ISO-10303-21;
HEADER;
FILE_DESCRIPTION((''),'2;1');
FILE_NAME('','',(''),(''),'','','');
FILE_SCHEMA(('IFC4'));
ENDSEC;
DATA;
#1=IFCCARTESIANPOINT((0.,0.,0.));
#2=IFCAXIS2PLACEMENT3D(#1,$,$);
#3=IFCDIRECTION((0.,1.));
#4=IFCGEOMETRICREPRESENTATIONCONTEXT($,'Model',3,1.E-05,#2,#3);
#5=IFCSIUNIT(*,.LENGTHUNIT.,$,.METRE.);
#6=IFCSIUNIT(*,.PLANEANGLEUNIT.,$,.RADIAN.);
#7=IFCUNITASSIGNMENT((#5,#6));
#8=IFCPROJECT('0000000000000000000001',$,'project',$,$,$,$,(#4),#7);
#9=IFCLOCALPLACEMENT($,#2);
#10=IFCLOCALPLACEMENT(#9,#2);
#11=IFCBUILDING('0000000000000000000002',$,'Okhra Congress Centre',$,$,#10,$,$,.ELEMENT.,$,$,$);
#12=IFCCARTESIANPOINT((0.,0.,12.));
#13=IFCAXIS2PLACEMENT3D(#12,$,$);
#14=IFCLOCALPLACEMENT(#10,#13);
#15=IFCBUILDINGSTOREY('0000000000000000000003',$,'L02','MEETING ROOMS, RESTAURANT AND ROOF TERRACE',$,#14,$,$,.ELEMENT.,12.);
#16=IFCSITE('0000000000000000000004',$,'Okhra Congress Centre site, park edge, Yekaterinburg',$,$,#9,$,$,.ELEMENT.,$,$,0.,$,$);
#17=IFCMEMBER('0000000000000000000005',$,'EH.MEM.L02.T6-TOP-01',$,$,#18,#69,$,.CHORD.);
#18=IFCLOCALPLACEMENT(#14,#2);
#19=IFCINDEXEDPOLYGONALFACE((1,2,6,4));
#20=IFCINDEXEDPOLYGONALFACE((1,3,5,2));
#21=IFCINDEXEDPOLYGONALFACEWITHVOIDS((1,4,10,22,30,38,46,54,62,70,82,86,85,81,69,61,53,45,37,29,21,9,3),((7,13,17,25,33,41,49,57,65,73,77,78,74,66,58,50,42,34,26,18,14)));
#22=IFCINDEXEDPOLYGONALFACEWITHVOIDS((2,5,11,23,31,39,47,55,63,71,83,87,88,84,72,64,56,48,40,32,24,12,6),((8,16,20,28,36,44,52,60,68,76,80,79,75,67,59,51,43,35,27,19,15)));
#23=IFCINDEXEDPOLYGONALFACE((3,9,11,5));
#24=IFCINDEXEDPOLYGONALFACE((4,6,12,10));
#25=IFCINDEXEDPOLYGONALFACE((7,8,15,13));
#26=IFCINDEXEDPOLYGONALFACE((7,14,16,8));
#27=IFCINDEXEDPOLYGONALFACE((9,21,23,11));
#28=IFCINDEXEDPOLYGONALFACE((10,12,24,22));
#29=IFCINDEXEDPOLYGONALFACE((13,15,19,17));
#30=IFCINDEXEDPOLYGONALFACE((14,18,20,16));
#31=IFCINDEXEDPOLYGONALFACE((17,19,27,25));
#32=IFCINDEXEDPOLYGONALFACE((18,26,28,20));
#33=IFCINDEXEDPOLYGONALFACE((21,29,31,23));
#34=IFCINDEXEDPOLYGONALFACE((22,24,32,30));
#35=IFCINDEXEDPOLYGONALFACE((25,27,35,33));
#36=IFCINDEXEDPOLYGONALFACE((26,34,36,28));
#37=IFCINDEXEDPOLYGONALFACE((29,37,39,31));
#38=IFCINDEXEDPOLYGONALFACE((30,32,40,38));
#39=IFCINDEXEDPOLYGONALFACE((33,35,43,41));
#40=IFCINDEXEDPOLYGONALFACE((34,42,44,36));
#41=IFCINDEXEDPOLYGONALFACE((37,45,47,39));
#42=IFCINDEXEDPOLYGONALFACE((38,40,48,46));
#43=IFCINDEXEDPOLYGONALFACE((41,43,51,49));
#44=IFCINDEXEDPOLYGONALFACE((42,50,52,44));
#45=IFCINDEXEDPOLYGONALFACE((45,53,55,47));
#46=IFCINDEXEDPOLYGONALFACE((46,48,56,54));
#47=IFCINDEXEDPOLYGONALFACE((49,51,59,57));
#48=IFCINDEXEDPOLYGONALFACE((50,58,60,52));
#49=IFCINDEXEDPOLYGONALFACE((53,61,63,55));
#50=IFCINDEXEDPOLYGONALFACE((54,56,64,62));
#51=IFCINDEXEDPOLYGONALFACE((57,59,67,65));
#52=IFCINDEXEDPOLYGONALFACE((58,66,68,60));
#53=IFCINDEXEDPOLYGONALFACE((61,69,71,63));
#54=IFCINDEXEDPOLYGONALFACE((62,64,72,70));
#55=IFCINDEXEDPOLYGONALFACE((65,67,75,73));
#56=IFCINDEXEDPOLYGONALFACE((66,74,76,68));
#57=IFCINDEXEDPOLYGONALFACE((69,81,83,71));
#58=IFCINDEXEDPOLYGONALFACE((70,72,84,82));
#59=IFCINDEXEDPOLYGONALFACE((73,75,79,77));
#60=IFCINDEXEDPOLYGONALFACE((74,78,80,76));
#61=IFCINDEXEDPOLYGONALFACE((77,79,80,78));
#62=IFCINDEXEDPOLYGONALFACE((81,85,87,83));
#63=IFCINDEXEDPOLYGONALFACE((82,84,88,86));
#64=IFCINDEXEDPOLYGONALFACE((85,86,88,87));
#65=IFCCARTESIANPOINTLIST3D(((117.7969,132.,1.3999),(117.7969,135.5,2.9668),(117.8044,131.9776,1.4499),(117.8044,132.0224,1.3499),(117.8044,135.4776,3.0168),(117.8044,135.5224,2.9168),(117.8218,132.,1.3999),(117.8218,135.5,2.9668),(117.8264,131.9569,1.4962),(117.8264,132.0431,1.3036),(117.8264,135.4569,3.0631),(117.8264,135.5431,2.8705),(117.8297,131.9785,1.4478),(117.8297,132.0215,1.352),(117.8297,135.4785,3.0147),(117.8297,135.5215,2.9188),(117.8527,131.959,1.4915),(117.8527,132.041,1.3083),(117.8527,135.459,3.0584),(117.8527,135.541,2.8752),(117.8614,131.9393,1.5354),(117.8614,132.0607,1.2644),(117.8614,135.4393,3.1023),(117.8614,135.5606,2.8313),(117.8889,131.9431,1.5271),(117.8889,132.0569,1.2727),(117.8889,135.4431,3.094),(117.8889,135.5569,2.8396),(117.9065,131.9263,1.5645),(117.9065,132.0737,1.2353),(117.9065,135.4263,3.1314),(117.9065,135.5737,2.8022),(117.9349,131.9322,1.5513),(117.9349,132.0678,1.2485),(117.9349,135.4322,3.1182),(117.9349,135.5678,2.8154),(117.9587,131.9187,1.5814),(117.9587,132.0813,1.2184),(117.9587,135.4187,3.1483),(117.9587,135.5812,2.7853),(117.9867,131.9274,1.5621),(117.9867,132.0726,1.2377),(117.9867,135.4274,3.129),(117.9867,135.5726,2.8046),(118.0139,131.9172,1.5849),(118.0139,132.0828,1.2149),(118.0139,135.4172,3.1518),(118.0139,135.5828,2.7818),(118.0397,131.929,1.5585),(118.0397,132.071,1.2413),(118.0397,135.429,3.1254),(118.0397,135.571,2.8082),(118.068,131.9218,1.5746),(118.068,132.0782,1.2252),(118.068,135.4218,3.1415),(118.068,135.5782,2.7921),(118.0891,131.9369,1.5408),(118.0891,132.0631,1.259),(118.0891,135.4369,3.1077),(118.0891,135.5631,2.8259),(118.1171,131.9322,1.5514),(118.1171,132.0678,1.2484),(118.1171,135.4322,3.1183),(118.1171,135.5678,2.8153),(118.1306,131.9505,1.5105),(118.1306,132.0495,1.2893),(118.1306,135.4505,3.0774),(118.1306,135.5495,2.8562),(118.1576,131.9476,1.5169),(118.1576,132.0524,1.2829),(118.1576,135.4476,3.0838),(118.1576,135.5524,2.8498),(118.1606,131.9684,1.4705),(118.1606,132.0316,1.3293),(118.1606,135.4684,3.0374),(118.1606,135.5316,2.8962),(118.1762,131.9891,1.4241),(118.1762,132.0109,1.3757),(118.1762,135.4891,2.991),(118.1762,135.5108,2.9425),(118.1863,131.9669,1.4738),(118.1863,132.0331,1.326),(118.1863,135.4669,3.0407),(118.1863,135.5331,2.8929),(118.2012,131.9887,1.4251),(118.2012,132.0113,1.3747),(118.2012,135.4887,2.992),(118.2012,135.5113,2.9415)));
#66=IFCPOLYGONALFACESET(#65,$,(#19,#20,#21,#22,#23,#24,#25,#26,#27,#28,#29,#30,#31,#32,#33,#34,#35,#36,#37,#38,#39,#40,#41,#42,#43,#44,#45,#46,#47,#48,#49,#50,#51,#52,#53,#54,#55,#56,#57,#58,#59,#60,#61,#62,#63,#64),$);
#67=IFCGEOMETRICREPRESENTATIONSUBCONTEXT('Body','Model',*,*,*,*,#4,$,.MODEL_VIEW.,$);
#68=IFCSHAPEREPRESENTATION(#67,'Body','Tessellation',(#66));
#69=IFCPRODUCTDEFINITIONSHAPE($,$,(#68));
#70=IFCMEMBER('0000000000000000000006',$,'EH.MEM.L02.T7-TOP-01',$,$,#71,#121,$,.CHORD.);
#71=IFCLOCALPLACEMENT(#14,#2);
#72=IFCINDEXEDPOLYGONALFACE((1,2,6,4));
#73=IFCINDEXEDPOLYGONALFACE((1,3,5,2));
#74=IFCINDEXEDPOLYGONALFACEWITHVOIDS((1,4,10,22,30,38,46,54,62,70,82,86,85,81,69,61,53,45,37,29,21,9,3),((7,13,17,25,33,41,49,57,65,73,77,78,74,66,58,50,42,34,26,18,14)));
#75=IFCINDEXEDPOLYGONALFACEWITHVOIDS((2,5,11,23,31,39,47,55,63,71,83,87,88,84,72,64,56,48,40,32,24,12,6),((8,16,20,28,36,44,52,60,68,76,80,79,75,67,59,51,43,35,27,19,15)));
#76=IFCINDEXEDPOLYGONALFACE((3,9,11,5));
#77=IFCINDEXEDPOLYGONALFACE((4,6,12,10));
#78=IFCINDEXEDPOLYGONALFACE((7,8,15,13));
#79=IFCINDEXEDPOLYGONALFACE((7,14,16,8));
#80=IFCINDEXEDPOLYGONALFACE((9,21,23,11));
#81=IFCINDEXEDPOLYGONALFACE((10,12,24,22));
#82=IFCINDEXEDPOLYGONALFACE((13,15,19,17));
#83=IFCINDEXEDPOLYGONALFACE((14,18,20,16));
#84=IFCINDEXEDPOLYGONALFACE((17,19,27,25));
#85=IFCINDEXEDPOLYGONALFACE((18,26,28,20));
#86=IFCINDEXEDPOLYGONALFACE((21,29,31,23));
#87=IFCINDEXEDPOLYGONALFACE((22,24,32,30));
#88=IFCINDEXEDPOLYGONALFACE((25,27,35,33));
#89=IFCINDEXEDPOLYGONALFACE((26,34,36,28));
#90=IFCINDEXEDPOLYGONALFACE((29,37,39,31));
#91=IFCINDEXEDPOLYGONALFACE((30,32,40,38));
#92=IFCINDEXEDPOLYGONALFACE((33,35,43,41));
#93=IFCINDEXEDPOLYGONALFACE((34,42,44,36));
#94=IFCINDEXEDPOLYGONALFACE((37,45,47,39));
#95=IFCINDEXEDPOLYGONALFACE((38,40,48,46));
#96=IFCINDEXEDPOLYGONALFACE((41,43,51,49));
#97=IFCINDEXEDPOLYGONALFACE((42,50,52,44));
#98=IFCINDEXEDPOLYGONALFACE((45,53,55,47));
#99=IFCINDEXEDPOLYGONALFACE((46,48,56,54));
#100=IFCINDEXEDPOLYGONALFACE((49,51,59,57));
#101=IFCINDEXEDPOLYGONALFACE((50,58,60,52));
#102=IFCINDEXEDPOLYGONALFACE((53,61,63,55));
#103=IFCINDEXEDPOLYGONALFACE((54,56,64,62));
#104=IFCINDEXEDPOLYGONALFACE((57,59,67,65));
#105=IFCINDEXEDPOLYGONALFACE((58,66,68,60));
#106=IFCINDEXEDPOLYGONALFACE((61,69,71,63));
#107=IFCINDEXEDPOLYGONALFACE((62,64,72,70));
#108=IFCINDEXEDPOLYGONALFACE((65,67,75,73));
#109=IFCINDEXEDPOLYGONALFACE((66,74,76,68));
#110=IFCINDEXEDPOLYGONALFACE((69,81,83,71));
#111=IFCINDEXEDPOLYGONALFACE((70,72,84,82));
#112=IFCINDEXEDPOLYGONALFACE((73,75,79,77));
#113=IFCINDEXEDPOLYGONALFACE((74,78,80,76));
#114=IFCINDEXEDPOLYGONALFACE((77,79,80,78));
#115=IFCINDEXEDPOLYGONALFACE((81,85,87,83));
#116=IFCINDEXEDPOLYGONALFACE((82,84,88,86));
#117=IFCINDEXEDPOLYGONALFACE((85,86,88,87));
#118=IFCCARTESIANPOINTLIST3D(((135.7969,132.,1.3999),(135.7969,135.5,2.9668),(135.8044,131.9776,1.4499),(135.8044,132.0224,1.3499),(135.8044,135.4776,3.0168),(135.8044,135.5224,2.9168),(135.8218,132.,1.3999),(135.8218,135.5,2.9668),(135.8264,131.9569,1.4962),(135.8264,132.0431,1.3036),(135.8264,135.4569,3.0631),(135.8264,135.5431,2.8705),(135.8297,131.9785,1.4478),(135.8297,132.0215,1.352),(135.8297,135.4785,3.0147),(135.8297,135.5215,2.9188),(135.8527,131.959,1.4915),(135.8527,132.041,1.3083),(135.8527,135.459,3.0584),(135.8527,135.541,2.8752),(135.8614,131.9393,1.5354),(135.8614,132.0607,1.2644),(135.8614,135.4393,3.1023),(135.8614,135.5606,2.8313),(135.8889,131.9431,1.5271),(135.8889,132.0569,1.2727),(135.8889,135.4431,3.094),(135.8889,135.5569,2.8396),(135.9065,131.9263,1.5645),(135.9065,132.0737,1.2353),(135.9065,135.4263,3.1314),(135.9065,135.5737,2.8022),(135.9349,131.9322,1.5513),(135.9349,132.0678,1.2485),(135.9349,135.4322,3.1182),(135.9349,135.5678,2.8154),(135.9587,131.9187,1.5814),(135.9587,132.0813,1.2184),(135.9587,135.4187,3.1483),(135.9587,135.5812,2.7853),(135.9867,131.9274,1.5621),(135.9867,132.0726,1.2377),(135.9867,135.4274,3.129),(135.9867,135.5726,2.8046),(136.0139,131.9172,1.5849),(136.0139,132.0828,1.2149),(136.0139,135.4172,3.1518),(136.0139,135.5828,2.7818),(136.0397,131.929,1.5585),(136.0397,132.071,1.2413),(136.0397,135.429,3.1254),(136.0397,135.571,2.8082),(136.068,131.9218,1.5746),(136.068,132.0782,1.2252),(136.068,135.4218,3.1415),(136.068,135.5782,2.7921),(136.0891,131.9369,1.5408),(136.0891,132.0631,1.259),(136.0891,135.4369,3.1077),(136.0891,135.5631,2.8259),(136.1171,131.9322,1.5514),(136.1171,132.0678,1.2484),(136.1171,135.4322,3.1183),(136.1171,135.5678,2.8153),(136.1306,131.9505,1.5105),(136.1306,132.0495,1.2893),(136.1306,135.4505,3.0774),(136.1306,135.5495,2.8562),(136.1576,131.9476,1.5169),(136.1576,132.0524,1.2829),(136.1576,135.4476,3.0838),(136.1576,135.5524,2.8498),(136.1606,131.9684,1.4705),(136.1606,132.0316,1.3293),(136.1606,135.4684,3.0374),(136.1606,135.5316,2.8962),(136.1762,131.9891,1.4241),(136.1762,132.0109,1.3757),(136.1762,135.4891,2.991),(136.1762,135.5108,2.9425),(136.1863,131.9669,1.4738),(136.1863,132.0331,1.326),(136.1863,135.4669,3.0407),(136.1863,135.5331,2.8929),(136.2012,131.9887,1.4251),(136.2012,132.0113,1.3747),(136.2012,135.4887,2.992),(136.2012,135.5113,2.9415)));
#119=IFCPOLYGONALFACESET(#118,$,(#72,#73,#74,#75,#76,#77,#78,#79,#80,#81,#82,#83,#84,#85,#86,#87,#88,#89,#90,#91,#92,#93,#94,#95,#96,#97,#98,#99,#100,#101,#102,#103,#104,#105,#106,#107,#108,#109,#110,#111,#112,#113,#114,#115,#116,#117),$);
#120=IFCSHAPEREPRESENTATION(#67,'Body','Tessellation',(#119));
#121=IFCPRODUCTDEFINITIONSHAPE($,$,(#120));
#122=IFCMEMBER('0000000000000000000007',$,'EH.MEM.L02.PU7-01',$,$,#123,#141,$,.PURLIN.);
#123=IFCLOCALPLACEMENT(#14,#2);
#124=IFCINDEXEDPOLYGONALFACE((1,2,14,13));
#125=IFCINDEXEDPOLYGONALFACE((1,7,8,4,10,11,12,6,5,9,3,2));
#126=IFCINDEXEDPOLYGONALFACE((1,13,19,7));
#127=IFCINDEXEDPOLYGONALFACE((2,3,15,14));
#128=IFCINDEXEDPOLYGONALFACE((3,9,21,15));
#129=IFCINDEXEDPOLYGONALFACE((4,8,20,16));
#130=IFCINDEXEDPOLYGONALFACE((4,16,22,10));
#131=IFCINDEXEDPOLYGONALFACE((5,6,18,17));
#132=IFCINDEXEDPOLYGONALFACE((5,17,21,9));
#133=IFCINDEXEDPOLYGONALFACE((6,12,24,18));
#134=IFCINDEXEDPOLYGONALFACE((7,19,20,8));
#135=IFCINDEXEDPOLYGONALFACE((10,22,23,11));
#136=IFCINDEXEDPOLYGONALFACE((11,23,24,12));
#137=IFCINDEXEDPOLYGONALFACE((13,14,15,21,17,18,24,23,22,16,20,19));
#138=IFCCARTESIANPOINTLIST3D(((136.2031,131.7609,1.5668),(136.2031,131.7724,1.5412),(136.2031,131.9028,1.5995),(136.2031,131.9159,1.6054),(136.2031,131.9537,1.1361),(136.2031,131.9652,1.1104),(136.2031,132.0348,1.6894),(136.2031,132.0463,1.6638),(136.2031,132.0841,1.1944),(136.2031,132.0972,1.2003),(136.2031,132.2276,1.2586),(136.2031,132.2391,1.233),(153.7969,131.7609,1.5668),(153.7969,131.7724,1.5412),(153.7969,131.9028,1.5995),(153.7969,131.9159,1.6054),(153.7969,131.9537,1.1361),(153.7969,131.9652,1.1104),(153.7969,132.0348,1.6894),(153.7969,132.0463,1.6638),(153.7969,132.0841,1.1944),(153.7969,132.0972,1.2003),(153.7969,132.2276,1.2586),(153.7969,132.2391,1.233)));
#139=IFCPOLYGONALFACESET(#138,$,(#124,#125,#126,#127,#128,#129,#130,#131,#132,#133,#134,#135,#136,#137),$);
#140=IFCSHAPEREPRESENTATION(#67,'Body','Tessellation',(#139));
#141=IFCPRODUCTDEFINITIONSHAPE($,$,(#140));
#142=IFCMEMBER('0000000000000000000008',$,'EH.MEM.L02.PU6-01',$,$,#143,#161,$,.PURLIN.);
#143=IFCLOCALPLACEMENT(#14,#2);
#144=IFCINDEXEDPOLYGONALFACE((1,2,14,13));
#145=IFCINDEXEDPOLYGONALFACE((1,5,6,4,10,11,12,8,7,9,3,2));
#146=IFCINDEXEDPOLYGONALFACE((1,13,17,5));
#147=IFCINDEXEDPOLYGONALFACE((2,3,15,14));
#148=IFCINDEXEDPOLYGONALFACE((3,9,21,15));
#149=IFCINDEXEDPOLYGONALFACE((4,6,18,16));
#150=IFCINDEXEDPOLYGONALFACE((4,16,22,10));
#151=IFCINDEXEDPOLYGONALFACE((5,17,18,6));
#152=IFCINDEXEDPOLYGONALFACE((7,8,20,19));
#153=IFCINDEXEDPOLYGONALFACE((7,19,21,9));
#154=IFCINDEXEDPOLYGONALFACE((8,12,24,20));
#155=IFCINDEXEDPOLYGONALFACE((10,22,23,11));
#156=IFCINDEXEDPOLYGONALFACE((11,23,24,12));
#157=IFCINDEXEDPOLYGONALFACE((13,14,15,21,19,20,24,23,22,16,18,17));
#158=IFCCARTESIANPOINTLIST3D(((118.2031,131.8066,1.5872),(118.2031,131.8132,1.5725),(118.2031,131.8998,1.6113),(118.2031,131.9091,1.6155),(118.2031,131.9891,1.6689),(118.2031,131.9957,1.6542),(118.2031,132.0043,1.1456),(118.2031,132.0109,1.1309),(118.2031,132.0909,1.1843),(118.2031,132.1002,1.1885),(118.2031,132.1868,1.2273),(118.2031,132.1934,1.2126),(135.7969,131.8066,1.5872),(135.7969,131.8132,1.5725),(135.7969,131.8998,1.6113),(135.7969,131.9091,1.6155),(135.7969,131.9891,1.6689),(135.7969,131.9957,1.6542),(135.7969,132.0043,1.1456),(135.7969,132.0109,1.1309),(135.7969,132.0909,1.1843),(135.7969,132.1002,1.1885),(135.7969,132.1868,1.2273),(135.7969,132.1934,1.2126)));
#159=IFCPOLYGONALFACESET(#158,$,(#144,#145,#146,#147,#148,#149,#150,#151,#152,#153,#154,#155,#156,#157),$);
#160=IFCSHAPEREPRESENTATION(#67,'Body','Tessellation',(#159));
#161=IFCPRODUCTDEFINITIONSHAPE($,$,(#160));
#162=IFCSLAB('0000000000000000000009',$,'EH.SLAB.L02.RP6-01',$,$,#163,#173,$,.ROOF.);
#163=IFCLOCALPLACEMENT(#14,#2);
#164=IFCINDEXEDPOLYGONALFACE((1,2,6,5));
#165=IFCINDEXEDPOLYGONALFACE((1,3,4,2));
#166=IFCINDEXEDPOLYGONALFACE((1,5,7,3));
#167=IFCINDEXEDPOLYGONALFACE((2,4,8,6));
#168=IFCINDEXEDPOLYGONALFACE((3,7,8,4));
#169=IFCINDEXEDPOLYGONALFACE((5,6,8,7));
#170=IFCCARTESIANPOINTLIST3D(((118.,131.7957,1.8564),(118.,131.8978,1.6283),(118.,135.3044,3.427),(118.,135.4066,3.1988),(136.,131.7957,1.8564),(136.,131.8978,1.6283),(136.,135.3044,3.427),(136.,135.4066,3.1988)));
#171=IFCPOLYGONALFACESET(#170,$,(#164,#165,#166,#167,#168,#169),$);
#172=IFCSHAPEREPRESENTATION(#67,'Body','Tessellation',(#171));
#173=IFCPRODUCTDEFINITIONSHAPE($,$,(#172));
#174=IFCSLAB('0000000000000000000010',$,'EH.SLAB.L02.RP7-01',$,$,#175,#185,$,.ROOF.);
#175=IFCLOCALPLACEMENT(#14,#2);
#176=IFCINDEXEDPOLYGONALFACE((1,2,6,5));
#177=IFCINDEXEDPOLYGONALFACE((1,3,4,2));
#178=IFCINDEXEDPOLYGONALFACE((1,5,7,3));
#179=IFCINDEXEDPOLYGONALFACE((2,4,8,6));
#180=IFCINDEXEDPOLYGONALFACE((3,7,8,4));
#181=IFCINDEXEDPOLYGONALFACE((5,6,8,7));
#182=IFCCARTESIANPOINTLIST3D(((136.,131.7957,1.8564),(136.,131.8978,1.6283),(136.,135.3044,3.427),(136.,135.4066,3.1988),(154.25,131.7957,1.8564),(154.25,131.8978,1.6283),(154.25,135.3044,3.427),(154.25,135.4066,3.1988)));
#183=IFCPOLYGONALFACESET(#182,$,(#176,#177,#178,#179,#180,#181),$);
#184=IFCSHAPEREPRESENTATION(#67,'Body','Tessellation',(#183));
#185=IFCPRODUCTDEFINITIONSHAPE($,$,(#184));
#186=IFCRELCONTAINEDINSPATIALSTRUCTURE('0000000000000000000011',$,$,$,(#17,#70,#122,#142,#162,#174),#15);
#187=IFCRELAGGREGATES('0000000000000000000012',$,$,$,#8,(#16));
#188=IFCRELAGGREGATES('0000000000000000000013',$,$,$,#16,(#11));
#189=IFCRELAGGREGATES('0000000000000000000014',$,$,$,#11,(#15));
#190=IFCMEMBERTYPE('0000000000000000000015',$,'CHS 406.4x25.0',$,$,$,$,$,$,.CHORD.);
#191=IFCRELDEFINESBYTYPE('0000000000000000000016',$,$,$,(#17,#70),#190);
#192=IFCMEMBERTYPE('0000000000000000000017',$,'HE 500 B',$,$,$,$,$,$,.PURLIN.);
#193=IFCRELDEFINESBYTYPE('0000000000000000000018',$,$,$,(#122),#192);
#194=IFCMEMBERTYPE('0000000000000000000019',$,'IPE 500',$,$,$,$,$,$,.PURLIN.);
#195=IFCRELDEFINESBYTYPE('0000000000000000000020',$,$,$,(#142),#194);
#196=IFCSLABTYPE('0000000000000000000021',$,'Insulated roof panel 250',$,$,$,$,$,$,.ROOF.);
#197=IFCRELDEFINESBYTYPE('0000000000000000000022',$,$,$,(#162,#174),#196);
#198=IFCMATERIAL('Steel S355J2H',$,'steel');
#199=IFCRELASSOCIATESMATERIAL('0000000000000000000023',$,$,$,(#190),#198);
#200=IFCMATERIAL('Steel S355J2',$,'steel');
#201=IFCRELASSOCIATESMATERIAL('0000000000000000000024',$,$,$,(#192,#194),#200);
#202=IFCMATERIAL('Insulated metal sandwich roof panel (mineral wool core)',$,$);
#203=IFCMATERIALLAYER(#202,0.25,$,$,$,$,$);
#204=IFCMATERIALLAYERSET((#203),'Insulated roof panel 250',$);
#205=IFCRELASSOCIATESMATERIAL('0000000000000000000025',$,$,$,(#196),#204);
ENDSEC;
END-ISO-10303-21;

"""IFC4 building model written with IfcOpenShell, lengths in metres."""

from ifc_helpers import new_model, si_unit, direction, frame, origin, origin_2d, place, context, subcontext, project, spatial, polyline, hollow_circle, i_section, outline, extrude, material, layer, layer_set, material_profile, profile_set, type_object, element, save


model = new_model("IFC4")

# Units and contexts
model_context = context("Model", 3, precision=1e-05, world=origin(), true_north=direction((0.0, 1.0)))
body_context = subcontext(model_context, "Body", "Model", "MODEL_VIEW")
ifc_project = project(units=[si_unit("LENGTHUNIT", "METRE"), si_unit("PLANEANGLEUNIT", "RADIAN")], contexts=[model_context])

# Site, building, storey
site_placement = place(None, origin())
site = spatial("IfcSite", under=ifc_project, at=site_placement, Name="Okhra Congress Centre site, park edge, Yekaterinburg", CompositionType="ELEMENT", RefElevation=0.0)
building_placement = place(site_placement, origin())
building = spatial("IfcBuilding", under=site, at=building_placement, Name="Okhra Congress Centre", CompositionType="ELEMENT")
storey_placement = place(building_placement, frame((0.0, 0.0, 12.0)))
storey = spatial("IfcBuildingStorey", under=building, at=storey_placement, Name="L02", Description="MEETING ROOMS, RESTAURANT AND ROOF TERRACE", CompositionType="ELEMENT", Elevation=12.0)

# Members
ifc_material_1 = material(Name="Steel S355J2H", Category="steel")
ifc_material_profile_1 = material_profile(ifc_material_1, hollow_circle(Radius=0.2031, WallThickness=0.0249, at=origin_2d()), Name="CHS 406.4x25.0")
ifc_profile_set_1 = profile_set([ifc_material_profile_1], Name="Steel S355J2H")
member_type_1 = type_object("IfcMemberType", Name="CHS 406.4x25.0", PredefinedType="CHORD", material=ifc_profile_set_1)
for number, where, z_axis, x_axis, name in (
    (1, (118.0, 132.0, 1.3999), (0.0, 0.912711, 0.408606), (-1.0, 0.0, 0.0), "EH.MEM.L02.T6-TOP-01"),
    (2, (136.0, 132.0, 1.3999), (0.0, 0.912711, 0.408606), (-1.0, 0.0, 0.0), "EH.MEM.L02.T7-TOP-01"),
):
    element("IfcMember", number, at=place(storey_placement, frame(where, z_axis=z_axis, x_axis=x_axis)), inside=storey, type_object=member_type_1, Name=name, PredefinedType="CHORD", context=body_context, shape_type="SweptSolid", body=[
        extrude(hollow_circle(Radius=0.2031, WallThickness=0.0249, at=origin_2d()), origin(), (0.0, 0.0, 1.0), 3.8347),
    ])
ifc_material_2 = material(Name="Steel S355J2", Category="steel")
ifc_material_profile_2 = material_profile(ifc_material_2, i_section(OverallWidth=0.3, OverallDepth=0.5, WebThickness=0.0144, FlangeThickness=0.0281, at=origin_2d()), Name="HE 500 B")
ifc_profile_set_2 = profile_set([ifc_material_profile_2], Name="Steel S355J2")
member_type_2 = type_object("IfcMemberType", Name="HE 500 B", PredefinedType="PURLIN", material=ifc_profile_set_2)
member_1_placement = place(storey_placement, frame((136.2031, 132.0, 1.3999), z_axis=(1.0, 0.0, 0.0), x_axis=(0.0, 0.912721, 0.408583)))
element("IfcMember", 3, at=member_1_placement, inside=storey, type_object=member_type_2, Name="EH.MEM.L02.PU7-01", PredefinedType="PURLIN", context=body_context, shape_type="SweptSolid", body=[
    extrude(i_section(OverallWidth=0.3, OverallDepth=0.5, WebThickness=0.0144, FlangeThickness=0.0281, at=origin_2d()), origin(), (0.0, 0.0, 1.0), 17.5938),
])
ifc_material_profile_3 = material_profile(ifc_material_2, i_section(OverallWidth=0.2, OverallDepth=0.5, WebThickness=0.0103, FlangeThickness=0.0161, at=origin_2d()), Name="IPE 500")
ifc_profile_set_3 = profile_set([ifc_material_profile_3], Name="Steel S355J2")
member_type_3 = type_object("IfcMemberType", Name="IPE 500", PredefinedType="PURLIN", material=ifc_profile_set_3)
member_2_placement = place(storey_placement, frame((118.2031, 132.0, 1.3999), z_axis=(1.0, 0.0, 0.0), x_axis=(0.0, 0.912721, 0.408583)))
element("IfcMember", 4, at=member_2_placement, inside=storey, type_object=member_type_3, Name="EH.MEM.L02.PU6-01", PredefinedType="PURLIN", context=body_context, shape_type="SweptSolid", body=[
    extrude(i_section(OverallWidth=0.2, OverallDepth=0.5, WebThickness=0.0103, FlangeThickness=0.0161, at=origin_2d()), origin(), (0.0, 0.0, 1.0), 17.5938),
])

# Slabs
ifc_material_3 = material(Name="Insulated metal sandwich roof panel (mineral wool core)")
ifc_layer_1 = layer(ifc_material_3, 0.25)
ifc_layer_set_1 = layer_set([ifc_layer_1], Name="Insulated roof panel 250")
slab_type = type_object("IfcSlabType", Name="Insulated roof panel 250", PredefinedType="ROOF", material=ifc_layer_set_1)
slab_1_placement = place(storey_placement, frame((118.0, 131.7957, 1.8564), z_axis=(0.0, -0.408547, 0.912737), x_axis=(1.0, 0.0, 0.0)))
element("IfcSlab", 5, at=slab_1_placement, inside=storey, type_object=slab_type, Name="EH.SLAB.L02.RP6-01", PredefinedType="ROOF", context=body_context, shape_type="SweptSolid", body=[
    extrude(outline(polyline([(0.0, 0.0), (18.0, 0.0), (18.0, 3.8442), (0.0, 3.8442), (0.0, 0.0)])), origin(), (0.0, 0.0, -1.0), 0.25),
])
slab_2_placement = place(storey_placement, frame((136.0, 131.7957, 1.8564), z_axis=(0.0, -0.408547, 0.912737), x_axis=(1.0, 0.0, 0.0)))
element("IfcSlab", 6, at=slab_2_placement, inside=storey, type_object=slab_type, Name="EH.SLAB.L02.RP7-01", PredefinedType="ROOF", context=body_context, shape_type="SweptSolid", body=[
    extrude(outline(polyline([(0.0, 0.0), (18.25, 0.0), (18.25, 3.8442), (0.0, 3.8442), (0.0, 0.0)])), origin(), (0.0, 0.0, -1.0), 0.25),
])

save(model, "model.ifc")
